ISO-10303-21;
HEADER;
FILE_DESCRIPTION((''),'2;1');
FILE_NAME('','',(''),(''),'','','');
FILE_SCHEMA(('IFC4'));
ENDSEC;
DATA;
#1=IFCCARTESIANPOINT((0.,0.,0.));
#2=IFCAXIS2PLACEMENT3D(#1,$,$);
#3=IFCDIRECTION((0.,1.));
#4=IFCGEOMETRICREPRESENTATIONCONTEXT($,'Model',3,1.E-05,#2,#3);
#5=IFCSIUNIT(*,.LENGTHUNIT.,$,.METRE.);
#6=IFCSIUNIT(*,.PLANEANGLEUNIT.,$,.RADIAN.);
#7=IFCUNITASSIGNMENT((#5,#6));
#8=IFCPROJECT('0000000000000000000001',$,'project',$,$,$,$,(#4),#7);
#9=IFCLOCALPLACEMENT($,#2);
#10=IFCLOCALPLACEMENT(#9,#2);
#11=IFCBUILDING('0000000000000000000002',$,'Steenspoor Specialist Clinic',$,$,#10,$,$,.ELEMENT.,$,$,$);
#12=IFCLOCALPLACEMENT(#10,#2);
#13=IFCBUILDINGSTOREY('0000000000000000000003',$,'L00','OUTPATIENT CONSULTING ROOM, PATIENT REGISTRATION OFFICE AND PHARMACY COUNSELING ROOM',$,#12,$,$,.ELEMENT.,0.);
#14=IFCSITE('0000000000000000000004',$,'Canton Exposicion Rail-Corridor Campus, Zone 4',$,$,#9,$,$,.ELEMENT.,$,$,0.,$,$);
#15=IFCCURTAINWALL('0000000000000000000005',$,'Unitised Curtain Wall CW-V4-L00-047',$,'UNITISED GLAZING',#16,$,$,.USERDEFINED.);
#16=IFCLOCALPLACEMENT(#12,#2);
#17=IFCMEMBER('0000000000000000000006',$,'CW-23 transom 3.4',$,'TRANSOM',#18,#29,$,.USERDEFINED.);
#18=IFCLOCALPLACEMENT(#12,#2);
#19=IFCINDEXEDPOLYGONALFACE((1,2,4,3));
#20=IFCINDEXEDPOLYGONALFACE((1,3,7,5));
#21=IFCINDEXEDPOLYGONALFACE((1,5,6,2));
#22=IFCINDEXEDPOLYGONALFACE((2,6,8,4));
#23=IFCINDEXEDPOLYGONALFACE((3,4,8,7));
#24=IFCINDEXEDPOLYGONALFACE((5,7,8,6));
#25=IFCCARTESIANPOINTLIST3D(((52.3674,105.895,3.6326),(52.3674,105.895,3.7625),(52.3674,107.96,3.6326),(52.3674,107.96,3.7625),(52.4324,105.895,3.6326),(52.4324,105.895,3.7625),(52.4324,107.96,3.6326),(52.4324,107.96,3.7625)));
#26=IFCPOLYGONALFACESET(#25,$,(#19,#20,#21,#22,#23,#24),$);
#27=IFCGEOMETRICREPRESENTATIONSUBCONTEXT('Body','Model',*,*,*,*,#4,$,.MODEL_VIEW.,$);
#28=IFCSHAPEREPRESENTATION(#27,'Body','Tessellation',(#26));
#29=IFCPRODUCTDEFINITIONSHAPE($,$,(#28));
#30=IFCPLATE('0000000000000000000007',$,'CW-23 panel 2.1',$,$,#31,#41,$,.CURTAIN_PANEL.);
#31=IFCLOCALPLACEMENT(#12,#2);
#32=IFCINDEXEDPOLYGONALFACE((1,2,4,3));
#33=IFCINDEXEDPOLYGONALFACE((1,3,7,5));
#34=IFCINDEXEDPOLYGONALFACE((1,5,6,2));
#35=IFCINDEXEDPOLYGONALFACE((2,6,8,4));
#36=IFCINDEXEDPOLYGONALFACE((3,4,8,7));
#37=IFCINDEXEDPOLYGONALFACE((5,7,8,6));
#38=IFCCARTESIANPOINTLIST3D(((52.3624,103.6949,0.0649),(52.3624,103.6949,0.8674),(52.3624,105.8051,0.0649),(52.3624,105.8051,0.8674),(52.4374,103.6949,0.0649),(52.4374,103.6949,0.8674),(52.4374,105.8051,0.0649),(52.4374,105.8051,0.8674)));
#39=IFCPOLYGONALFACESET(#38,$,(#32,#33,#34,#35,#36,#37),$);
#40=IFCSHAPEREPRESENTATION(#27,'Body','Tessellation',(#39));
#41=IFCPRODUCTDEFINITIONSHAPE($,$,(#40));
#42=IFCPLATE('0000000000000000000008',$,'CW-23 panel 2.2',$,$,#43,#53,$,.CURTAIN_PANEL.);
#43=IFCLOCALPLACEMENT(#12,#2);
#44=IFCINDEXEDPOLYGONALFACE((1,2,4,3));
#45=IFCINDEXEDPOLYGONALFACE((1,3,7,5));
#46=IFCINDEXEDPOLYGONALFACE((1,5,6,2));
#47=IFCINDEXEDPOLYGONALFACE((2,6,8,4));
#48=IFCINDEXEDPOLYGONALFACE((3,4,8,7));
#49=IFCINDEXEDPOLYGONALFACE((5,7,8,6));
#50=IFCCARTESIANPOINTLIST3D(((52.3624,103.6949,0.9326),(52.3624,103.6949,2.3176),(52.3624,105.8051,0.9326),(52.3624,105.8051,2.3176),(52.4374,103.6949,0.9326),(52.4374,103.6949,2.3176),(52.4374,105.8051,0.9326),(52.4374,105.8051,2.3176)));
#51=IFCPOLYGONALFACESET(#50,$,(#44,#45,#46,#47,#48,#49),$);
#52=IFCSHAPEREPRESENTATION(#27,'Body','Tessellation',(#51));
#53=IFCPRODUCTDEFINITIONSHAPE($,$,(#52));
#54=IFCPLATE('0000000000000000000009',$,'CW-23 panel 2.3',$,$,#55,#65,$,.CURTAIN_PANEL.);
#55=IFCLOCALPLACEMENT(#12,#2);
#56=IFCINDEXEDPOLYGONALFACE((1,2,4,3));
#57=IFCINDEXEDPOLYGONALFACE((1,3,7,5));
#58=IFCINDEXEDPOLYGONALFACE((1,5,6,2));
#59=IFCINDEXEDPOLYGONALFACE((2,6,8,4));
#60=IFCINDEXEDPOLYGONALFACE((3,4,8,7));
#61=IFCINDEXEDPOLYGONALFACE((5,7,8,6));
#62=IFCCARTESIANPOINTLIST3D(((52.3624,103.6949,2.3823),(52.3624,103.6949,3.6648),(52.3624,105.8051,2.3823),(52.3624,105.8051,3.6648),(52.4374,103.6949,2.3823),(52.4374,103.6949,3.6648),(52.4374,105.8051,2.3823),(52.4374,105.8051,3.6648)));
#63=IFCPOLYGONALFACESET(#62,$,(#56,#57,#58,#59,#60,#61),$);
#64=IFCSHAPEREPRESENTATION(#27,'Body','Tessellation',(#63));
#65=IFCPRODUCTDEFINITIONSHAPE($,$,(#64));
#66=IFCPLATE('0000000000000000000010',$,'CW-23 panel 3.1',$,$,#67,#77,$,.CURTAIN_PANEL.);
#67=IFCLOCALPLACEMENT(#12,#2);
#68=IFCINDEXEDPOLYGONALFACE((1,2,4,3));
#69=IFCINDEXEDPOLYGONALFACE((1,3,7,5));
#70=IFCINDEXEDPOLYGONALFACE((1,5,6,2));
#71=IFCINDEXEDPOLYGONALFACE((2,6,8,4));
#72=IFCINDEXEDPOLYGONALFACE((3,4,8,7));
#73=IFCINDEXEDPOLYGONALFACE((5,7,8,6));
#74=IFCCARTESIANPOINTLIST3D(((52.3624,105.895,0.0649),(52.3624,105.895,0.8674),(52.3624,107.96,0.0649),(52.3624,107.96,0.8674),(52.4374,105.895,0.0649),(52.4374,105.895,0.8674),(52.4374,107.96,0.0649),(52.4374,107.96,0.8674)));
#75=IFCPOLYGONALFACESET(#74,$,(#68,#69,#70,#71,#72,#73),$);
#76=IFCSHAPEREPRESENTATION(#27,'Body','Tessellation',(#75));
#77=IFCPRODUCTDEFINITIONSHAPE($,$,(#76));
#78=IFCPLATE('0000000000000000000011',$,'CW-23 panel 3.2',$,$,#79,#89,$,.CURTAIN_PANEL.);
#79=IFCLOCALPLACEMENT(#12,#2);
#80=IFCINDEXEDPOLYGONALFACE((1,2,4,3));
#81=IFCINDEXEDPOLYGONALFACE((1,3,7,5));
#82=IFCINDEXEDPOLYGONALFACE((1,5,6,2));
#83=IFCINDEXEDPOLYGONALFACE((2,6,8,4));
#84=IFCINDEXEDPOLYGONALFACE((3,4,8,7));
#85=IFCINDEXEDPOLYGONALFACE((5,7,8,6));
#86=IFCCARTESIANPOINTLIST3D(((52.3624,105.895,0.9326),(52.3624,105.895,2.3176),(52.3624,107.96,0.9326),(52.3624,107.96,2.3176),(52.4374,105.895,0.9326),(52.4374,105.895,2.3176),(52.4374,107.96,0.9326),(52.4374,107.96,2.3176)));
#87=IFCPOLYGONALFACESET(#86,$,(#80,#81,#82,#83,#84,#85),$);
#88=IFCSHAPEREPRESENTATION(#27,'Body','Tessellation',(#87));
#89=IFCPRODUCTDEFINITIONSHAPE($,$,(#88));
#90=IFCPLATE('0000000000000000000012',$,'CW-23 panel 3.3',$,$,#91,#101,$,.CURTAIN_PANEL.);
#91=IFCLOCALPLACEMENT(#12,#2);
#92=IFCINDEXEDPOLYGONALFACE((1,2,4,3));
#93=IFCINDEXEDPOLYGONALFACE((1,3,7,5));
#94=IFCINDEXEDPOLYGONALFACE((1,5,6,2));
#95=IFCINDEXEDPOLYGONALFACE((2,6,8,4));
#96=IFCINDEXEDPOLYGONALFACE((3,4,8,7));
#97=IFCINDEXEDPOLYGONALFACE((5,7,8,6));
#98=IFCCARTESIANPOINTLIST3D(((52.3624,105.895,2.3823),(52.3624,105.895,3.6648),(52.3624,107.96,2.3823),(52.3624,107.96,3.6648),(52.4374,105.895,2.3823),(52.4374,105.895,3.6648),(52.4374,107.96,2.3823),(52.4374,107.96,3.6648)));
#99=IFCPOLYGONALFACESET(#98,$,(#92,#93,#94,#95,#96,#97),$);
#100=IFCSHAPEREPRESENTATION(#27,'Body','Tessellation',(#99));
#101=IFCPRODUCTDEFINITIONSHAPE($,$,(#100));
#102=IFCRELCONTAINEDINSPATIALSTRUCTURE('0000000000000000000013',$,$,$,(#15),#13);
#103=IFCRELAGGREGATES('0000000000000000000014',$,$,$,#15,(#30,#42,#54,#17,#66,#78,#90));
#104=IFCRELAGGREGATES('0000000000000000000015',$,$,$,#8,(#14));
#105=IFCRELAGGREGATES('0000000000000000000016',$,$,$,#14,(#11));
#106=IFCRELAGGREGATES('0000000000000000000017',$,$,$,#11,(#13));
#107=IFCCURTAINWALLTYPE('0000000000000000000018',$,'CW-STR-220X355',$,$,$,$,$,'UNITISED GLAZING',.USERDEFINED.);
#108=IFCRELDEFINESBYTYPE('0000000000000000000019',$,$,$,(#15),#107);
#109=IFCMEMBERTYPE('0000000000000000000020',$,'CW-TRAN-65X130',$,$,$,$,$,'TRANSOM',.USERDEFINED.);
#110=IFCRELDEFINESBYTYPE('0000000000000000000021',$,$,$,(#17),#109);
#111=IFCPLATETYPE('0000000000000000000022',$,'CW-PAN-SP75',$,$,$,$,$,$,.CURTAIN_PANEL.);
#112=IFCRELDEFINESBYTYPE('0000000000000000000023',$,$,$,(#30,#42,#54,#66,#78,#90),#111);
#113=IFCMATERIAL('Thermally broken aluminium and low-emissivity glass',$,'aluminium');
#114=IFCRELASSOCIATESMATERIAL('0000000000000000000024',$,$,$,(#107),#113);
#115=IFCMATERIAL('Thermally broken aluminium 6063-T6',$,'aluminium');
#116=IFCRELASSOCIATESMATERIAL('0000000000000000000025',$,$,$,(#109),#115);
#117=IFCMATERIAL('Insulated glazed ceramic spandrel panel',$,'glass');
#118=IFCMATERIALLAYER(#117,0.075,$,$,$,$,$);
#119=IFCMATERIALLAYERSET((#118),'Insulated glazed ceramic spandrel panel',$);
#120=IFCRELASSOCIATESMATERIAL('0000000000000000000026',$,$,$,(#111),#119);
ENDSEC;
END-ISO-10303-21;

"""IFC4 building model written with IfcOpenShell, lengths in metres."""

from ifc_helpers import new_model, si_unit, direction, frame, origin, origin_2d, place, context, subcontext, project, spatial, rectangle, extrude, material, layer, layer_set, material_profile, profile_set, type_object, element, aggregate, save


model = new_model("IFC4")

# Units and contexts
model_context = context("Model", 3, precision=1e-05, world=origin(), true_north=direction((0.0, 1.0)))
body_context = subcontext(model_context, "Body", "Model", "MODEL_VIEW")
ifc_project = project(units=[si_unit("LENGTHUNIT", "METRE"), si_unit("PLANEANGLEUNIT", "RADIAN")], contexts=[model_context])

# Site, building, storey
site_placement = place(None, origin())
site = spatial("IfcSite", under=ifc_project, at=site_placement, Name="Canton Exposicion Rail-Corridor Campus, Zone 4", CompositionType="ELEMENT", RefElevation=0.0)
building_placement = place(site_placement, origin())
building = spatial("IfcBuilding", under=site, at=building_placement, Name="Steenspoor Specialist Clinic", CompositionType="ELEMENT")
storey_placement = place(building_placement, origin())
storey = spatial("IfcBuildingStorey", under=building, at=storey_placement, Name="L00", Description="OUTPATIENT CONSULTING ROOM, PATIENT REGISTRATION OFFICE AND PHARMACY COUNSELING ROOM", CompositionType="ELEMENT", Elevation=0.0)

# Curtain wall, member, plates
ifc_material_1 = material(Name="Thermally broken aluminium and low-emissivity glass", Category="aluminium")
curtain_wall_type = type_object("IfcCurtainWallType", Name="CW-STR-220X355", ElementType="UNITISED GLAZING", PredefinedType="USERDEFINED", material=ifc_material_1)
curtain_wall_placement = place(storey_placement, origin())
curtain_wall = element("IfcCurtainWall", 1, at=curtain_wall_placement, inside=storey, type_object=curtain_wall_type, Name="Unitised Curtain Wall CW-V4-L00-047", ObjectType="UNITISED GLAZING", PredefinedType="USERDEFINED")
ifc_material_2 = material(Name="Thermally broken aluminium 6063-T6", Category="aluminium")
ifc_material_profile_1 = material_profile(ifc_material_2, rectangle(XDim=0.0649, YDim=0.1299, at=origin_2d()), Name="CWT-65X130")
ifc_profile_set_1 = profile_set([ifc_material_profile_1], Name="Thermally broken aluminium 6063-T6")
member_type_1 = type_object("IfcMemberType", Name="CW-TRAN-65X130", ElementType="TRANSOM", PredefinedType="USERDEFINED", material=ifc_profile_set_1)
member_1_placement = place(storey_placement, frame((52.3999, 105.895, 3.6975), z_axis=(0.0, 1.0, 0.0), x_axis=(-1.0, 0.0, 0.0)))
member_1 = element("IfcMember", 2, at=member_1_placement, type_object=member_type_1, Name="CW-23 transom 3.4", ObjectType="TRANSOM", PredefinedType="USERDEFINED", context=body_context, shape_type="SweptSolid", body=[
    extrude(rectangle(XDim=0.0649, YDim=0.1299, at=origin_2d()), origin(), (0.0, 0.0, 1.0), 2.0649),
])
ifc_material_3 = material(Name="Insulated glazed ceramic spandrel panel", Category="glass")
ifc_layer = layer(ifc_material_3, 0.075)
ifc_layer_set = layer_set([ifc_layer], Name="Insulated glazed ceramic spandrel panel")
plate_type = type_object("IfcPlateType", Name="CW-PAN-SP75", PredefinedType="CURTAIN_PANEL", material=ifc_layer_set)
plate_1_placement = place(storey_placement, frame((52.3999, 104.75, 0.0649), z_axis=(0.0, 0.0, 1.0), x_axis=(0.0, 1.0, 0.0)))
plate_1 = element("IfcPlate", 3, at=plate_1_placement, type_object=plate_type, Name="CW-23 panel 2.1", PredefinedType="CURTAIN_PANEL", context=body_context, shape_type="SweptSolid", body=[
    extrude(rectangle(XDim=2.1101, YDim=0.075, at=origin_2d()), origin(), (0.0, 0.0, 1.0), 0.8025),
])
plate_2_placement = place(storey_placement, frame((52.3999, 104.75, 0.9326), z_axis=(0.0, 0.0, 1.0), x_axis=(0.0, 1.0, 0.0)))
plate_2 = element("IfcPlate", 4, at=plate_2_placement, type_object=plate_type, Name="CW-23 panel 2.2", PredefinedType="CURTAIN_PANEL", context=body_context, shape_type="SweptSolid", body=[
    extrude(rectangle(XDim=2.1101, YDim=0.075, at=origin_2d()), origin(), (0.0, 0.0, 1.0), 1.385),
])
plate_3_placement = place(storey_placement, frame((52.3999, 104.75, 2.3823), z_axis=(0.0, 0.0, 1.0), x_axis=(0.0, 1.0, 0.0)))
plate_3 = element("IfcPlate", 5, at=plate_3_placement, type_object=plate_type, Name="CW-23 panel 2.3", PredefinedType="CURTAIN_PANEL", context=body_context, shape_type="SweptSolid", body=[
    extrude(rectangle(XDim=2.1101, YDim=0.075, at=origin_2d()), origin(), (0.0, 0.0, 1.0), 1.2825),
])
plate_4_placement = place(storey_placement, frame((52.3999, 106.9275, 0.0649), z_axis=(0.0, 0.0, 1.0), x_axis=(0.0, 1.0, 0.0)))
plate_4 = element("IfcPlate", 6, at=plate_4_placement, type_object=plate_type, Name="CW-23 panel 3.1", PredefinedType="CURTAIN_PANEL", context=body_context, shape_type="SweptSolid", body=[
    extrude(rectangle(XDim=2.0649, YDim=0.075, at=origin_2d()), origin(), (0.0, 0.0, 1.0), 0.8025),
])
plate_5_placement = place(storey_placement, frame((52.3999, 106.9275, 0.9326), z_axis=(0.0, 0.0, 1.0), x_axis=(0.0, 1.0, 0.0)))
plate_5 = element("IfcPlate", 7, at=plate_5_placement, type_object=plate_type, Name="CW-23 panel 3.2", PredefinedType="CURTAIN_PANEL", context=body_context, shape_type="SweptSolid", body=[
    extrude(rectangle(XDim=2.0649, YDim=0.075, at=origin_2d()), origin(), (0.0, 0.0, 1.0), 1.385),
])
plate_6_placement = place(storey_placement, frame((52.3999, 106.9275, 2.3823), z_axis=(0.0, 0.0, 1.0), x_axis=(0.0, 1.0, 0.0)))
plate_6 = element("IfcPlate", 8, at=plate_6_placement, type_object=plate_type, Name="CW-23 panel 3.3", PredefinedType="CURTAIN_PANEL", context=body_context, shape_type="SweptSolid", body=[
    extrude(rectangle(XDim=2.0649, YDim=0.075, at=origin_2d()), origin(), (0.0, 0.0, 1.0), 1.2825),
])
aggregate(curtain_wall, [plate_1, plate_2, plate_3, member_1, plate_4, plate_5, plate_6])

save(model, "model.ifc")
